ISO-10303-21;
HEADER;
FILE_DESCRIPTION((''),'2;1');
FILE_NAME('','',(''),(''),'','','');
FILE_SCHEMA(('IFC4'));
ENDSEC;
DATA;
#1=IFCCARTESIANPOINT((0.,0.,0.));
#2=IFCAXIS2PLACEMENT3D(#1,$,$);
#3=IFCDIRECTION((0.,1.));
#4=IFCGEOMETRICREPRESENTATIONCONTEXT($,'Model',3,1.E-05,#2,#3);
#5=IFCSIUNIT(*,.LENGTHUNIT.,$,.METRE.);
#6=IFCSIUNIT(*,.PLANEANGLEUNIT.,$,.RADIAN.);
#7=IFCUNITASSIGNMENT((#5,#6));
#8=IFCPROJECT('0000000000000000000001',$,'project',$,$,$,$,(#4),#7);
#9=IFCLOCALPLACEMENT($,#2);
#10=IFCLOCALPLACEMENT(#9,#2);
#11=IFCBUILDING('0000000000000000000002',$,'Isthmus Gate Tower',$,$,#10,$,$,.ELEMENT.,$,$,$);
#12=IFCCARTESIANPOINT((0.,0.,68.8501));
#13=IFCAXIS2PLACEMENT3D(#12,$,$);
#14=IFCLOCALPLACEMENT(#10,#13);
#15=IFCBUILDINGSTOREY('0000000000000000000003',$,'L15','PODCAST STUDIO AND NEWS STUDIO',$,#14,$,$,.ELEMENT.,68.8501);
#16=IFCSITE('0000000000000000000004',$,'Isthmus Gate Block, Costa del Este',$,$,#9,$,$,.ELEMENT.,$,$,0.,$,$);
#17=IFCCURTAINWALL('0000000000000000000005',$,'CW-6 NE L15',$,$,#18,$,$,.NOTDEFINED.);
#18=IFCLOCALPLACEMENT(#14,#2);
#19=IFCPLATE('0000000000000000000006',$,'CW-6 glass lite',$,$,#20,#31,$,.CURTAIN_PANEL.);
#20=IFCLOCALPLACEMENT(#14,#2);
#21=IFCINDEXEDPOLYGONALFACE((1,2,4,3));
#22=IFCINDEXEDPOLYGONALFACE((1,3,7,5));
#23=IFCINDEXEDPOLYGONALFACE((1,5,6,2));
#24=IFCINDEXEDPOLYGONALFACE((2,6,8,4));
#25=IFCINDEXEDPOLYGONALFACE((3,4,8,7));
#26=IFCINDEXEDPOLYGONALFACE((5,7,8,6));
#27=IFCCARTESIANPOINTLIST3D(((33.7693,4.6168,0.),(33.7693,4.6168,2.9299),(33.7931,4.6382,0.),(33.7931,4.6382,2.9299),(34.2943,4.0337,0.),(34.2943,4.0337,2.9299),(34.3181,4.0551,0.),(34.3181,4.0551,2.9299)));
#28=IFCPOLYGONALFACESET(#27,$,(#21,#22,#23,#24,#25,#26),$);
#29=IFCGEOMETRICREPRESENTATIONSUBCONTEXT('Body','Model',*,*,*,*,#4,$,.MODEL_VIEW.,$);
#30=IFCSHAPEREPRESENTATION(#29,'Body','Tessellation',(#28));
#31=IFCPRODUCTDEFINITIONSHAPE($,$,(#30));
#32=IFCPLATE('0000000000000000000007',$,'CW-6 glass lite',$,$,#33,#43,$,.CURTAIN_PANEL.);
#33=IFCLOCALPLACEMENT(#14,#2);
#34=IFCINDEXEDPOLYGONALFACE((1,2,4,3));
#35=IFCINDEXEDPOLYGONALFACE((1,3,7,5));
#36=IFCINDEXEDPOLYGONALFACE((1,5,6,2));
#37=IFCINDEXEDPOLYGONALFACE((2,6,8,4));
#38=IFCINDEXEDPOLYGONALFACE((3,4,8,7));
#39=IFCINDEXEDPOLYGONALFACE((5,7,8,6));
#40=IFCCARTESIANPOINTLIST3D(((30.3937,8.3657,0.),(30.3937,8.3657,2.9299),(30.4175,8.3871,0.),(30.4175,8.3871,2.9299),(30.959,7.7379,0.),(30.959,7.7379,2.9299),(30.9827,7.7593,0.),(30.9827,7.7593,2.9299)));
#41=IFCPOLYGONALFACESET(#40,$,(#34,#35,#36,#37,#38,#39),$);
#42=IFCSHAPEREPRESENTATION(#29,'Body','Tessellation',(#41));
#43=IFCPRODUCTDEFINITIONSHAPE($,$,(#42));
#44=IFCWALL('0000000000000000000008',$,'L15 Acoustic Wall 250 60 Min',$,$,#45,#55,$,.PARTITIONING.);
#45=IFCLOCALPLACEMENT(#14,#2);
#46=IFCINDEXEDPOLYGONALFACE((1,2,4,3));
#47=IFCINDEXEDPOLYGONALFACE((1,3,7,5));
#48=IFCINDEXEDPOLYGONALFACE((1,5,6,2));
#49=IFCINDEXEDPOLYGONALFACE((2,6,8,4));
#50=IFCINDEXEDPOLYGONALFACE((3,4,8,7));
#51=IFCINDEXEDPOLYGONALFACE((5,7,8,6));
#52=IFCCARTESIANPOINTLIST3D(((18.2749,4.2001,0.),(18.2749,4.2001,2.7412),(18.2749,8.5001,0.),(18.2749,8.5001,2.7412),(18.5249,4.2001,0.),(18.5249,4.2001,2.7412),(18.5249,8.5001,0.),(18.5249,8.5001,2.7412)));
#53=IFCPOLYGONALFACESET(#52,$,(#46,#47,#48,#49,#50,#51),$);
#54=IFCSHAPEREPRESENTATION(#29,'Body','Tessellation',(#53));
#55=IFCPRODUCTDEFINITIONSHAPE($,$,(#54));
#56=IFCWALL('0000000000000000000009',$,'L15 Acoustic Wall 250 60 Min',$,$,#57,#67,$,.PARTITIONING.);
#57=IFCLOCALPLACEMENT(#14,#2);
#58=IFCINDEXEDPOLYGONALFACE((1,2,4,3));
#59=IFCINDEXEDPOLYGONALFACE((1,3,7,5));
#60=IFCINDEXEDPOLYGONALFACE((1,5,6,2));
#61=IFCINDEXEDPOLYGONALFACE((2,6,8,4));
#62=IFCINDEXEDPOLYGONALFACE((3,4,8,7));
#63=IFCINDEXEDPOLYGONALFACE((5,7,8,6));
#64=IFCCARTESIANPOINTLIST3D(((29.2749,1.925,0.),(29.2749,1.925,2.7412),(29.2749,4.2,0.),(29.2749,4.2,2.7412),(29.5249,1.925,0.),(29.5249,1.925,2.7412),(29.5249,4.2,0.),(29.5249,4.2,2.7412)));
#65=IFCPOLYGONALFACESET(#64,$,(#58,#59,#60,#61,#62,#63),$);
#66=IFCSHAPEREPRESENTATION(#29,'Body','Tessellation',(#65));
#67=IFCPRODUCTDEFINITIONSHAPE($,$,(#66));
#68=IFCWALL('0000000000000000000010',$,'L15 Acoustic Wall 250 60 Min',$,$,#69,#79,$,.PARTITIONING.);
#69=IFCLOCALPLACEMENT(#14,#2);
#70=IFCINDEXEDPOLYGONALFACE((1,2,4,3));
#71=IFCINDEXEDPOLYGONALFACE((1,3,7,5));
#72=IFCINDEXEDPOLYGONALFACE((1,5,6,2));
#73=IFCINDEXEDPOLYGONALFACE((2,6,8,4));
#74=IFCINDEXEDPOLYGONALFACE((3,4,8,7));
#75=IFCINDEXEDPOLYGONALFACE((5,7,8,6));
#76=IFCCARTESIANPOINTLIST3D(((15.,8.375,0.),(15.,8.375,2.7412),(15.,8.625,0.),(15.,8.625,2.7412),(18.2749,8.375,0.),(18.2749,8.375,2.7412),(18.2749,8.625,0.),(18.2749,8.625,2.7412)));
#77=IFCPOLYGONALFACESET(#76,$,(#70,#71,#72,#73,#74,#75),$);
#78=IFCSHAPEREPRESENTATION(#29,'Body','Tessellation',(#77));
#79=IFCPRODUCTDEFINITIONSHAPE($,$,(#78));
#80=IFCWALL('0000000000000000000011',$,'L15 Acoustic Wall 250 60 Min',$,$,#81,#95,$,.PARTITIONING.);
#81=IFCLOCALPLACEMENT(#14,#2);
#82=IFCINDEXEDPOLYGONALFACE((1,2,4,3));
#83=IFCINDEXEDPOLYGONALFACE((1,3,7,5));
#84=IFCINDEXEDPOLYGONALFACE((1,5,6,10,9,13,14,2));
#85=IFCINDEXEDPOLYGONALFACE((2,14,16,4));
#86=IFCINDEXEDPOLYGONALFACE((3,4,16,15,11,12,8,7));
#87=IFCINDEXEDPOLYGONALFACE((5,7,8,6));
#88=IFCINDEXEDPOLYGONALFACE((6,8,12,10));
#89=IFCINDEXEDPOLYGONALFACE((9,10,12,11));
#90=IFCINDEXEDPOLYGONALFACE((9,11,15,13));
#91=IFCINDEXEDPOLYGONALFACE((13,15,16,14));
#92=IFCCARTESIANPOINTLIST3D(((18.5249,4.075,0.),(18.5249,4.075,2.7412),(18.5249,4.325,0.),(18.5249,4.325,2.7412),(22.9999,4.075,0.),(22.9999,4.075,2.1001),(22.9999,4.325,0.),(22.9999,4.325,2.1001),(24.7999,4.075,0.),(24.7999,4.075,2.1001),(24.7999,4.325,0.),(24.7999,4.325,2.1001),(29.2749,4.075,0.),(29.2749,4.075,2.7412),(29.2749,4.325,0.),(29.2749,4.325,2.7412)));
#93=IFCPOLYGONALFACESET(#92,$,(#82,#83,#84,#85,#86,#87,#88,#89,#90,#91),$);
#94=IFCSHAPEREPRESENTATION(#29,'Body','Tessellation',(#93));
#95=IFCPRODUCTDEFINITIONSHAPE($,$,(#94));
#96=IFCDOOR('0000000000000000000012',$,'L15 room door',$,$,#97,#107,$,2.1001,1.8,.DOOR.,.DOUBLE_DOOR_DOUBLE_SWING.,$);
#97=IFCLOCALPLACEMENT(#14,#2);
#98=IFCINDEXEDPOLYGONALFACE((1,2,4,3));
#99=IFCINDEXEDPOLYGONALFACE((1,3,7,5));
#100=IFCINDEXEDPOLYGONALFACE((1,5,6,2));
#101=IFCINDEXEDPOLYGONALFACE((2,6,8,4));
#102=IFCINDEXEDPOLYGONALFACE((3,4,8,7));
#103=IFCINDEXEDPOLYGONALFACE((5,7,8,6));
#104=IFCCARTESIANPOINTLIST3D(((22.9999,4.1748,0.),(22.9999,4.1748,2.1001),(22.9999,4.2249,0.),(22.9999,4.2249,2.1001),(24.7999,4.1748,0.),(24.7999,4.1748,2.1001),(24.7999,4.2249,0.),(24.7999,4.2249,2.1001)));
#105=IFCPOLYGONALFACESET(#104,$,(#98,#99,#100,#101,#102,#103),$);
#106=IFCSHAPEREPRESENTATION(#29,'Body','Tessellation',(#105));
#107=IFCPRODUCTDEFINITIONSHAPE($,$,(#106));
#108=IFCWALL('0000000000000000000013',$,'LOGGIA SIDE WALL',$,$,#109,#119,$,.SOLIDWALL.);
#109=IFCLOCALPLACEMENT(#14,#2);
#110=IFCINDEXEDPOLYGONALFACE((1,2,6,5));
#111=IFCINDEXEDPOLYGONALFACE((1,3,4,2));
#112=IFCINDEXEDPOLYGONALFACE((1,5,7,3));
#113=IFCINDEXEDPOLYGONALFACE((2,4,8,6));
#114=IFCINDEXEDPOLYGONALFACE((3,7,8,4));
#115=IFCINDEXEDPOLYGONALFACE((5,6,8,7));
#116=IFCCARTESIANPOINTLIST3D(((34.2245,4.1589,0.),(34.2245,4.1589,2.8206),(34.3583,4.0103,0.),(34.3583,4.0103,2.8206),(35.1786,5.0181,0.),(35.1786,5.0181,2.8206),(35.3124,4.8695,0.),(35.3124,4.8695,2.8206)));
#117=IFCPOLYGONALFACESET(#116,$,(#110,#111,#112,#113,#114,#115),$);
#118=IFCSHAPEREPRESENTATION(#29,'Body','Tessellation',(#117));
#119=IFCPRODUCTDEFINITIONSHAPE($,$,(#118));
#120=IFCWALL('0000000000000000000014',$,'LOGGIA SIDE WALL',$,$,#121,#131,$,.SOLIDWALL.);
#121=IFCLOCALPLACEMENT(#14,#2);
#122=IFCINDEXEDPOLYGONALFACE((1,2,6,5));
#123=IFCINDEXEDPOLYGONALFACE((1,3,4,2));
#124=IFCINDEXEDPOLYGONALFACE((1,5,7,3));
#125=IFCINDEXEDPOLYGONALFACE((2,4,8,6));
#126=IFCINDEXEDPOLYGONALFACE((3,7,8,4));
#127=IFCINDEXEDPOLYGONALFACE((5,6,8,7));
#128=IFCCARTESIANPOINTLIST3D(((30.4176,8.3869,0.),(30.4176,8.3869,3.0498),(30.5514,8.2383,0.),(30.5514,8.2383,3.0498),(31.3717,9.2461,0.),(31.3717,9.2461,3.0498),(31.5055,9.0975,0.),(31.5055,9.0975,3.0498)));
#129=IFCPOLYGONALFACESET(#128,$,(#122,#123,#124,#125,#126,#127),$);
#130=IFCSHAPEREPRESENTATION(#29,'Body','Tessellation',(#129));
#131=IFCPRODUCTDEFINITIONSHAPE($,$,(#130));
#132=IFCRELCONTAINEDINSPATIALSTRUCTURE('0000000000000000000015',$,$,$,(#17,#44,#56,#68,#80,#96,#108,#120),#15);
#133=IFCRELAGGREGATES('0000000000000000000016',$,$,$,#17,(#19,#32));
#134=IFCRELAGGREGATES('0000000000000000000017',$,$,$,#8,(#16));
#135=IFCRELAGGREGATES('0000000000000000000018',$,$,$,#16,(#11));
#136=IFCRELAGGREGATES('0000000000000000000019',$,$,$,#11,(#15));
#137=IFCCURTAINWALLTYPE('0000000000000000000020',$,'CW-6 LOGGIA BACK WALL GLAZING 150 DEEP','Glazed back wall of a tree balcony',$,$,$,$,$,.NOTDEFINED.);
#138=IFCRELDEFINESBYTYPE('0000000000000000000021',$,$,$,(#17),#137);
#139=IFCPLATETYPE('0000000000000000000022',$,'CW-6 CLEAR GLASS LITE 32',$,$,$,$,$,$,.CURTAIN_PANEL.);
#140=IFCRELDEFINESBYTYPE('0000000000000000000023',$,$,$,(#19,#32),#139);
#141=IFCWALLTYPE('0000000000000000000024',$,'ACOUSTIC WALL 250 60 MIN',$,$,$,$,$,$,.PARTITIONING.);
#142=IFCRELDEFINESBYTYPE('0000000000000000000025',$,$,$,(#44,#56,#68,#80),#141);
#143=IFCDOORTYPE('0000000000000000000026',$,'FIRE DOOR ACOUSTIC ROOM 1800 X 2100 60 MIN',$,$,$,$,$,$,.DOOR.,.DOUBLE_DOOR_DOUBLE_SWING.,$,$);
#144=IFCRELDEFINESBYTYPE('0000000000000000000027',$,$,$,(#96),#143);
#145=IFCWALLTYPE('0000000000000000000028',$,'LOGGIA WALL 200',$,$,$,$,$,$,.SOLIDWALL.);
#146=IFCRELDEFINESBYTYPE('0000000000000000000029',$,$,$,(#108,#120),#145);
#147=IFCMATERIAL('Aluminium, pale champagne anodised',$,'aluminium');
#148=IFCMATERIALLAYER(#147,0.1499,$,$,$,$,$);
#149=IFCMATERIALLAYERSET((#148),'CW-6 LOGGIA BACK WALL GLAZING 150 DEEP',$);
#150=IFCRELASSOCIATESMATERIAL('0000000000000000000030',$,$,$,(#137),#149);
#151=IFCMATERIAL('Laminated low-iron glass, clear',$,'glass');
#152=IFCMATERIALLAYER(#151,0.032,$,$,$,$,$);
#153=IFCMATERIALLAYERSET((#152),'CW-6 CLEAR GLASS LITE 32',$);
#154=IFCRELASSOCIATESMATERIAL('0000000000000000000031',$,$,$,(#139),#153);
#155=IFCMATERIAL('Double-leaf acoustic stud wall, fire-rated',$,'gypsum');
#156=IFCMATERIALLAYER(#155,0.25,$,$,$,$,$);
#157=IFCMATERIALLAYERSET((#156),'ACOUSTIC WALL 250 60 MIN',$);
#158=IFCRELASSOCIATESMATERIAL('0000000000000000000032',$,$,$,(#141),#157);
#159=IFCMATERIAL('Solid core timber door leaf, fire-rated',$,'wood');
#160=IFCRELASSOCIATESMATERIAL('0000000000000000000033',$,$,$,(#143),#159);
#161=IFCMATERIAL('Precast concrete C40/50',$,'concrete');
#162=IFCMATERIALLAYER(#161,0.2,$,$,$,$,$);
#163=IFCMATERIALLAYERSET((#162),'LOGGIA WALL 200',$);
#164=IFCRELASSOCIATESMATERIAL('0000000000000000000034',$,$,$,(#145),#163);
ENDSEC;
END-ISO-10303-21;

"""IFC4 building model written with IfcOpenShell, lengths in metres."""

from ifc_helpers import new_model, si_unit, direction, frame, frame_2d, origin, origin_2d, place, context, subcontext, project, spatial, rectangle, extrude, material, layer, layer_set, type_object, element, fill, aggregate, save


model = new_model("IFC4")

# Units and contexts
model_context = context("Model", 3, precision=1e-05, world=origin(), true_north=direction((0.0, 1.0)))
body_context = subcontext(model_context, "Body", "Model", "MODEL_VIEW")
ifc_project = project(units=[si_unit("LENGTHUNIT", "METRE"), si_unit("PLANEANGLEUNIT", "RADIAN")], contexts=[model_context])

# Site, building, storey
site_placement = place(None, origin())
site = spatial("IfcSite", under=ifc_project, at=site_placement, Name="Isthmus Gate Block, Costa del Este", CompositionType="ELEMENT", RefElevation=0.0)
building_placement = place(site_placement, origin())
building = spatial("IfcBuilding", under=site, at=building_placement, Name="Isthmus Gate Tower", CompositionType="ELEMENT")
storey_placement = place(building_placement, frame((0.0, 0.0, 68.8501)))
storey = spatial("IfcBuildingStorey", under=building, at=storey_placement, Name="L15", Description="PODCAST STUDIO AND NEWS STUDIO", CompositionType="ELEMENT", Elevation=68.8501)

# Curtain wall
ifc_material_1 = material(Name="Aluminium, pale champagne anodised", Category="aluminium")
ifc_layer_1 = layer(ifc_material_1, 0.1499)
ifc_layer_set_1 = layer_set([ifc_layer_1], Name="CW-6 LOGGIA BACK WALL GLAZING 150 DEEP")
curtain_wall_type_1 = type_object("IfcCurtainWallType", Name="CW-6 LOGGIA BACK WALL GLAZING 150 DEEP", Description="Glazed back wall of a tree balcony", PredefinedType="NOTDEFINED", material=ifc_layer_set_1)
curtain_wall_1_placement = place(storey_placement, origin())
curtain_wall_1 = element("IfcCurtainWall", 1, at=curtain_wall_1_placement, inside=storey, type_object=curtain_wall_type_1, Name="CW-6 NE L15", PredefinedType="NOTDEFINED")

# Plates
ifc_material_2 = material(Name="Laminated low-iron glass, clear", Category="glass")
ifc_layer_2 = layer(ifc_material_2, 0.032)
ifc_layer_set_2 = layer_set([ifc_layer_2], Name="CW-6 CLEAR GLASS LITE 32")
plate_type_1 = type_object("IfcPlateType", Name="CW-6 CLEAR GLASS LITE 32", PredefinedType="CURTAIN_PANEL", material=ifc_layer_set_2)
plate_1_placement = place(storey_placement, frame((34.0437, 4.3359, 0.0), z_axis=(0.0, 0.0, 1.0), x_axis=(-0.669131, 0.743145, 0.0)))
plate_1 = element("IfcPlate", 2, at=plate_1_placement, type_object=plate_type_1, Name="CW-6 glass lite", PredefinedType="CURTAIN_PANEL", context=body_context, shape_type="SweptSolid", body=[
    extrude(rectangle(XDim=0.7847, YDim=0.032, at=origin_2d()), origin(), (0.0, 0.0, 1.0), 2.9299),
])
plate_2_placement = place(storey_placement, frame((30.6882, 8.0625, 0.0), z_axis=(0.0, 0.0, 1.0), x_axis=(-0.669131, 0.743145, 0.0)))
plate_2 = element("IfcPlate", 3, at=plate_2_placement, type_object=plate_type_1, Name="CW-6 glass lite", PredefinedType="CURTAIN_PANEL", context=body_context, shape_type="SweptSolid", body=[
    extrude(rectangle(XDim=0.8447, YDim=0.032, at=origin_2d()), origin(), (0.0, 0.0, 1.0), 2.9299),
])
aggregate(curtain_wall_1, [plate_1, plate_2])

# Walls
ifc_material_3 = material(Name="Double-leaf acoustic stud wall, fire-rated", Category="gypsum")
ifc_layer_3 = layer(ifc_material_3, 0.25)
ifc_layer_set_3 = layer_set([ifc_layer_3], Name="ACOUSTIC WALL 250 60 MIN")
wall_type_1 = type_object("IfcWallType", Name="ACOUSTIC WALL 250 60 MIN", PredefinedType="PARTITIONING", material=ifc_layer_set_3)
wall_1_placement = place(storey_placement, frame((18.3999, 8.5, 0.0), z_axis=(0.0, 0.0, 1.0), x_axis=(0.0, -1.0, 0.0)))
element("IfcWall", 4, at=wall_1_placement, inside=storey, type_object=wall_type_1, Name="L15 Acoustic Wall 250 60 Min", PredefinedType="PARTITIONING", context=body_context, shape_type="SweptSolid", body=[
    extrude(rectangle(XDim=4.3, YDim=0.25, at=frame_2d((2.1499, 0.0))), origin(), (0.0, 0.0, 1.0), 2.7412),
])
wall_2_placement = place(storey_placement, frame((29.3999, 4.2, 0.0), z_axis=(0.0, 0.0, 1.0), x_axis=(0.0, -1.0, 0.0)))
element("IfcWall", 5, at=wall_2_placement, inside=storey, type_object=wall_type_1, Name="L15 Acoustic Wall 250 60 Min", PredefinedType="PARTITIONING", context=body_context, shape_type="SweptSolid", body=[
    extrude(rectangle(XDim=2.2749, YDim=0.25, at=frame_2d((1.1375, 0.0))), origin(), (0.0, 0.0, 1.0), 2.7412),
])
wall_3_placement = place(storey_placement, frame((15.0, 8.5, 0.0), z_axis=(0.0, 0.0, 1.0), x_axis=(1.0, 0.0, 0.0)))
element("IfcWall", 6, at=wall_3_placement, inside=storey, type_object=wall_type_1, Name="L15 Acoustic Wall 250 60 Min", PredefinedType="PARTITIONING", context=body_context, shape_type="SweptSolid", body=[
    extrude(rectangle(XDim=3.2749, YDim=0.25, at=frame_2d((1.6375, 0.0))), origin(), (0.0, 0.0, 1.0), 2.7412),
])

# Wall, opening, door
wall_4_placement = place(storey_placement, frame((18.5249, 4.2, 0.0), z_axis=(0.0, 0.0, 1.0), x_axis=(1.0, 0.0, 0.0)))
wall_4 = element("IfcWall", 7, at=wall_4_placement, inside=storey, type_object=wall_type_1, Name="L15 Acoustic Wall 250 60 Min", PredefinedType="PARTITIONING", context=body_context, shape_type="SweptSolid", body=[
    extrude(rectangle(XDim=10.75, YDim=0.25, at=frame_2d((5.375, 0.0))), origin(), (0.0, 0.0, 1.0), 2.7412),
])
opening_1_placement = place(wall_4_placement, frame((4.4751, 0.0, 0.0)))
opening_1 = element("IfcOpeningElement", 8, at=opening_1_placement, cuts=wall_4, PredefinedType="OPENING", context=body_context, shape_type="SweptSolid", body=[
    extrude(rectangle(XDim=1.8, YDim=2.1001, at=frame_2d((0.8999, 1.05))), frame((0.0, 0.135, 0.0), z_axis=(0.0, -1.0, 0.0), x_axis=(1.0, 0.0, 0.0)), (0.0, 0.0, 1.0), 0.27),
])
ifc_material_4 = material(Name="Solid core timber door leaf, fire-rated", Category="wood")
door_type_1 = type_object("IfcDoorType", Name="FIRE DOOR ACOUSTIC ROOM 1800 X 2100 60 MIN", OperationType="DOUBLE_DOOR_DOUBLE_SWING", PredefinedType="DOOR", material=ifc_material_4)
door_1_placement = place(opening_1_placement, origin())
door_1 = element("IfcDoor", 9, at=door_1_placement, inside=storey, type_object=door_type_1, Name="L15 room door", OperationType="DOUBLE_DOOR_DOUBLE_SWING", OverallHeight=2.1001, OverallWidth=1.8, PredefinedType="DOOR", context=body_context, shape_type="SweptSolid", body=[
    extrude(rectangle(XDim=1.8, YDim=2.1001, at=frame_2d((0.8999, 1.05))), frame((0.0, 0.0249, 0.0), z_axis=(0.0, -1.0, 0.0), x_axis=(1.0, 0.0, 0.0)), (0.0, 0.0, 1.0), 0.05),
])
fill(opening_1, door_1)
ifc_material_5 = material(Name="Precast concrete C40/50", Category="concrete")
ifc_layer_4 = layer(ifc_material_5, 0.2)
ifc_layer_set_4 = layer_set([ifc_layer_4], Name="LOGGIA WALL 200")
wall_type_2 = type_object("IfcWallType", Name="LOGGIA WALL 200", PredefinedType="SOLIDWALL", material=ifc_layer_set_4)

# Walls
wall_5_placement = place(storey_placement, frame((35.2456, 4.9438, 0.0), z_axis=(0.0, 0.0, 1.0), x_axis=(-0.743124, -0.669154, 0.0)))
element("IfcWall", 10, at=wall_5_placement, inside=storey, type_object=wall_type_2, Name="LOGGIA SIDE WALL", PredefinedType="SOLIDWALL", context=body_context, shape_type="SweptSolid", body=[
    extrude(rectangle(XDim=1.2839, YDim=0.2, at=frame_2d((0.6421, 0.0))), origin(), (0.0, 0.0, 1.0), 2.8206),
])
wall_6_placement = place(storey_placement, frame((31.4387, 9.1719, 0.0), z_axis=(0.0, 0.0, 1.0), x_axis=(-0.743124, -0.669154, 0.0)))
element("IfcWall", 11, at=wall_6_placement, inside=storey, type_object=wall_type_2, Name="LOGGIA SIDE WALL", PredefinedType="SOLIDWALL", context=body_context, shape_type="SweptSolid", body=[
    extrude(rectangle(XDim=1.2839, YDim=0.2, at=frame_2d((0.6421, 0.0))), origin(), (0.0, 0.0, 1.0), 3.0498),
])

save(model, "model.ifc")
